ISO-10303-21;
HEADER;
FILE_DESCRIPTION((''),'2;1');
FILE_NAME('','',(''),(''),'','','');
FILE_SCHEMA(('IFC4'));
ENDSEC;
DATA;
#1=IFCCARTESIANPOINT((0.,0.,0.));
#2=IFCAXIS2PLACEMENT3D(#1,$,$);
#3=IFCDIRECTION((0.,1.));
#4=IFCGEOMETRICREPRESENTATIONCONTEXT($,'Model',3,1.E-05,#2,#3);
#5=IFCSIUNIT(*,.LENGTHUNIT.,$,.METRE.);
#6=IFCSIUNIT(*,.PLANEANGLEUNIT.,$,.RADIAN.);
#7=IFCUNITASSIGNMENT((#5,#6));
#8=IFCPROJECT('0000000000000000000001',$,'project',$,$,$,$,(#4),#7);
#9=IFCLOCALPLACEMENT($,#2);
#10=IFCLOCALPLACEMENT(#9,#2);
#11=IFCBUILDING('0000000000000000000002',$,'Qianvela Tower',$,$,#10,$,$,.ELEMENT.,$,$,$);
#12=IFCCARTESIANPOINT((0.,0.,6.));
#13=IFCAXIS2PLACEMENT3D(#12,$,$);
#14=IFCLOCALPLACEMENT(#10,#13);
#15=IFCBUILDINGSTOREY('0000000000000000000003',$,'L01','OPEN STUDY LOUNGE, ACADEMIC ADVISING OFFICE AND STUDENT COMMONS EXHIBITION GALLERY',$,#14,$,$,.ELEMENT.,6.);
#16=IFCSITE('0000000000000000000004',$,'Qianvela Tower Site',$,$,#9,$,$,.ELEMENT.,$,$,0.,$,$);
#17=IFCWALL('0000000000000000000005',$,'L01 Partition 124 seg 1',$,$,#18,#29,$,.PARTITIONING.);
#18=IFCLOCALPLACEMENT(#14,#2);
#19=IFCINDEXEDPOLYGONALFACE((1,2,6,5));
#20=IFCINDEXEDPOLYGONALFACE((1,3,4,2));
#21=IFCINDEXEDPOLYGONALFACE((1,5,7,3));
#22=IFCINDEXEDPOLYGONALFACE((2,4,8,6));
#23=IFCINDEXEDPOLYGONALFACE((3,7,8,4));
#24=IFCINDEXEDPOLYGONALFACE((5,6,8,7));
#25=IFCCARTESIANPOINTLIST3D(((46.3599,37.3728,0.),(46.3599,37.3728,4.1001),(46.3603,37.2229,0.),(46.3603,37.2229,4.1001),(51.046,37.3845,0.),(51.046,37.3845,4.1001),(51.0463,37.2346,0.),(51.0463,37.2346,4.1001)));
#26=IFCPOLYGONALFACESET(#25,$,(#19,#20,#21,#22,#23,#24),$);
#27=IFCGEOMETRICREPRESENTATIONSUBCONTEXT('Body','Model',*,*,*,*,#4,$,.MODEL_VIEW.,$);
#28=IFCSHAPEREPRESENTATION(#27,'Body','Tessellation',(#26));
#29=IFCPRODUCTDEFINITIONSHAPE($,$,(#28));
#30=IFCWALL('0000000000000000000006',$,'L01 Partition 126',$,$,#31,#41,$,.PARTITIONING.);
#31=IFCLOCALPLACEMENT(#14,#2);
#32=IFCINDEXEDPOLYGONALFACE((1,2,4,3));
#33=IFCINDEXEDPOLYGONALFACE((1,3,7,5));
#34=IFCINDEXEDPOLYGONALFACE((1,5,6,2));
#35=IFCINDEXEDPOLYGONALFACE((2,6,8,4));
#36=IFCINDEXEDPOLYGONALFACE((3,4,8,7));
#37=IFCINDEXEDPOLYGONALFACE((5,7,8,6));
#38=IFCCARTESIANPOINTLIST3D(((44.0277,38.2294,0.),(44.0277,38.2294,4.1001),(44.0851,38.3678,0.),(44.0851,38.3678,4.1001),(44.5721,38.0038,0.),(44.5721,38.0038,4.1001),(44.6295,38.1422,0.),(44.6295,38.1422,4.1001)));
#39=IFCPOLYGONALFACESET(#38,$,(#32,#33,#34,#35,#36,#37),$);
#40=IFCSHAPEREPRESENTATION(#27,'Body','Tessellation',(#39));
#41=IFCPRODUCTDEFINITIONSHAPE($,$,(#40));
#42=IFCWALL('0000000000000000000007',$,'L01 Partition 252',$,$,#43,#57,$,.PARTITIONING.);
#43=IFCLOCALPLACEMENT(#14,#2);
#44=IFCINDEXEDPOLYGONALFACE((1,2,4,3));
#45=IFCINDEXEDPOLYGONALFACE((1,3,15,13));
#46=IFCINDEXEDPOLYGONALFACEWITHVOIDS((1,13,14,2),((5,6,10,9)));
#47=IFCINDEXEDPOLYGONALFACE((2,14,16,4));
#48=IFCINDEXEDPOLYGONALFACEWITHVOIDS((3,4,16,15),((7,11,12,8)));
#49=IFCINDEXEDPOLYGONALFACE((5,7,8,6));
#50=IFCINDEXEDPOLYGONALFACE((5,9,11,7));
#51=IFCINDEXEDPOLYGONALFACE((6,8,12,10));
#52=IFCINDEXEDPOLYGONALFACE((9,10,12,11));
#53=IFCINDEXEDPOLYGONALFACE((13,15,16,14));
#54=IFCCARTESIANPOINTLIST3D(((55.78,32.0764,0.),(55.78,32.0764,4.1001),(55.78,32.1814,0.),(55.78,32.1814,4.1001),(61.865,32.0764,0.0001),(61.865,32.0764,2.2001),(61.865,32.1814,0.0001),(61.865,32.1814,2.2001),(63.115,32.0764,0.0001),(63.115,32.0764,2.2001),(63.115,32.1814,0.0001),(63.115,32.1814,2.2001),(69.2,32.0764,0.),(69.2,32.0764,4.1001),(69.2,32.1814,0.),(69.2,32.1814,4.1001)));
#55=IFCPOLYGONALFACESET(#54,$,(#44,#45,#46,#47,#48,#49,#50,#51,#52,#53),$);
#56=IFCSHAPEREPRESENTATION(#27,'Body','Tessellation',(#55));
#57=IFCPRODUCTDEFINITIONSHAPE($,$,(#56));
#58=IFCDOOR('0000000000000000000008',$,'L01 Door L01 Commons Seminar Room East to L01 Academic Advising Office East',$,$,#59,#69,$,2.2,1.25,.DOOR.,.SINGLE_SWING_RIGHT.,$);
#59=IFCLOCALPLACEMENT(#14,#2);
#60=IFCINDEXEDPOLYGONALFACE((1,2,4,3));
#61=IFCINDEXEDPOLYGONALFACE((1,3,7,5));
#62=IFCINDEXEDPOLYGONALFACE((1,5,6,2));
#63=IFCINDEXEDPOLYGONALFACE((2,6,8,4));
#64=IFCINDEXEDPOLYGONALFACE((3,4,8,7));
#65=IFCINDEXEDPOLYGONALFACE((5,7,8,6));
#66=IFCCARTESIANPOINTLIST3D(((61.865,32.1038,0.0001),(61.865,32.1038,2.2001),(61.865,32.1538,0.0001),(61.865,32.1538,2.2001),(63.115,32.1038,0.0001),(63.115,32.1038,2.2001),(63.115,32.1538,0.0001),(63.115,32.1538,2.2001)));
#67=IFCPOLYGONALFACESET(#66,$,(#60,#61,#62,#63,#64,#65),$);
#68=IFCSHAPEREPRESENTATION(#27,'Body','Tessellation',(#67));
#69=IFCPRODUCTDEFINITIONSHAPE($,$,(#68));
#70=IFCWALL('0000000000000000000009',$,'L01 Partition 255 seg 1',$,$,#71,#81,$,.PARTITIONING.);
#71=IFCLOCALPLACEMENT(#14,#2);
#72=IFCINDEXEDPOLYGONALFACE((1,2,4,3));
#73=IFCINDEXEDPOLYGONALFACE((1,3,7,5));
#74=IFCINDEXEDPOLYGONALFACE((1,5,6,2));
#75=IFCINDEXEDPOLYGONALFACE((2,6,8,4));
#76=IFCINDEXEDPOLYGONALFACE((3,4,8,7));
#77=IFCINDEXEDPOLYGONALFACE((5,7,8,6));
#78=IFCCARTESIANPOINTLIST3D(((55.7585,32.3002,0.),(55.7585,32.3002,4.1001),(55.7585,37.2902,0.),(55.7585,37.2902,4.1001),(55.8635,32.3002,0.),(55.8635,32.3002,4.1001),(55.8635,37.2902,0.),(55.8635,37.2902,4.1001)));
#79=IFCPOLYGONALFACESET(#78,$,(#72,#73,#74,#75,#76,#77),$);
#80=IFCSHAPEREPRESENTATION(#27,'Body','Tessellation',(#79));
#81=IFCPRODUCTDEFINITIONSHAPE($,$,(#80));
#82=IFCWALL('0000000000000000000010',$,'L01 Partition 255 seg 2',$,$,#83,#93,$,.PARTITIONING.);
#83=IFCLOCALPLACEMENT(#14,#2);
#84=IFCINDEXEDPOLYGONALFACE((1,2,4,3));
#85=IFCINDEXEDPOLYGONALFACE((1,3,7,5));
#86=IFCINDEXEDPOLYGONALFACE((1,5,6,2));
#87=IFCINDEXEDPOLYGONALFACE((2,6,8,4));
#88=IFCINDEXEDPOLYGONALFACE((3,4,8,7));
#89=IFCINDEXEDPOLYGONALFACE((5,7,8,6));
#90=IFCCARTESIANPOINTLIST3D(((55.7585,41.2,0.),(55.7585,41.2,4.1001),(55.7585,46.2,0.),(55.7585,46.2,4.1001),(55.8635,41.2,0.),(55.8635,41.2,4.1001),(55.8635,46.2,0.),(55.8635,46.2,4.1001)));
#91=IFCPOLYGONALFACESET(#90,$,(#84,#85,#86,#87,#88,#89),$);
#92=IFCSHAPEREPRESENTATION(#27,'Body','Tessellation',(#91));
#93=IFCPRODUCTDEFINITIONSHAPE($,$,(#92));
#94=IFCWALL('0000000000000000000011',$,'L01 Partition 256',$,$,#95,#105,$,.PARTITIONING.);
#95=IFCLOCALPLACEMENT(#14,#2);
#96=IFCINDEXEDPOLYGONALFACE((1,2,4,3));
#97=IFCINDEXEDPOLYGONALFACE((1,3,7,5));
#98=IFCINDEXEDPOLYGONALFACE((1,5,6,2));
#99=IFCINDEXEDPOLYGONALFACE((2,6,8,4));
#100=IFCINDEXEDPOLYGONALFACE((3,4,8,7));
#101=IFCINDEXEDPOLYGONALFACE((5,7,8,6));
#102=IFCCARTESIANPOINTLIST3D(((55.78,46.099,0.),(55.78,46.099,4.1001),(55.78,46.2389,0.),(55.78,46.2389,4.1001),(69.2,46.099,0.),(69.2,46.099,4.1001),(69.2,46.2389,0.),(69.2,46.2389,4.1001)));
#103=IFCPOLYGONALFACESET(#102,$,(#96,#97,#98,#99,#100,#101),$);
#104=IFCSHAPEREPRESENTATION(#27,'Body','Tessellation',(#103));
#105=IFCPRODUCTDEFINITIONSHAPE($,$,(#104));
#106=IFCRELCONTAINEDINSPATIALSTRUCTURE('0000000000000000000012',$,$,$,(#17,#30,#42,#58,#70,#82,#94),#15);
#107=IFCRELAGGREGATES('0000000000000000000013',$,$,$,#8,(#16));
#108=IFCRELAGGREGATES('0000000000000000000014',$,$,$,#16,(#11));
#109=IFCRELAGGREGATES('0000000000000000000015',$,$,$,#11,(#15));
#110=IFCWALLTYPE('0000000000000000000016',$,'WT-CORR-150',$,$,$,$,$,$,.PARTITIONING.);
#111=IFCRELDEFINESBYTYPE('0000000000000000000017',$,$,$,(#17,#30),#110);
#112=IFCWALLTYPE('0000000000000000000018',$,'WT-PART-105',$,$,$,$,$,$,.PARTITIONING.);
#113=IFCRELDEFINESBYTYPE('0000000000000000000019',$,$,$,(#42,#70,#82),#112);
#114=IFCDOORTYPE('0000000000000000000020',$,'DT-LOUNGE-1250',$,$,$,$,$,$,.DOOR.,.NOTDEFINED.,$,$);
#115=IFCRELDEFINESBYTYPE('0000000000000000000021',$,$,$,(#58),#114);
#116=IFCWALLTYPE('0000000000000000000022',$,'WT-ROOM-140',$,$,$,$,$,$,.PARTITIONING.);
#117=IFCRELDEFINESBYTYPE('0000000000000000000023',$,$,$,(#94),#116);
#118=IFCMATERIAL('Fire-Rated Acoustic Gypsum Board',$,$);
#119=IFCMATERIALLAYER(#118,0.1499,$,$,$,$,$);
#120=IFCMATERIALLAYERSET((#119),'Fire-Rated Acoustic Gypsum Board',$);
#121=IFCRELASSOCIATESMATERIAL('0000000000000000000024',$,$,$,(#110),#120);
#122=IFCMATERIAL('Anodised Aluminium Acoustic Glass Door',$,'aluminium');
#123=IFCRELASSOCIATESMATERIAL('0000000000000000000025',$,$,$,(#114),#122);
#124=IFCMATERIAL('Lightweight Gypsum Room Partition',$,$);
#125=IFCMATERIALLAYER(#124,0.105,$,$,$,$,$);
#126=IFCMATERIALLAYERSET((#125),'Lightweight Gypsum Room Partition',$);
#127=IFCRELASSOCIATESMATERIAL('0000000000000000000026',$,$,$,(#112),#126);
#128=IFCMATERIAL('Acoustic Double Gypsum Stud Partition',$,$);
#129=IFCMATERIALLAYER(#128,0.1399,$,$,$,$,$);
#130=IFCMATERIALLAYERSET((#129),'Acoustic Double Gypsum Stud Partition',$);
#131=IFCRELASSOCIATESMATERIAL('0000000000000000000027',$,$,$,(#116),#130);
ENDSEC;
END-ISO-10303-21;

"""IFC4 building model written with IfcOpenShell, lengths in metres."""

from ifc_helpers import new_model, si_unit, direction, frame, frame_2d, origin, place, context, subcontext, project, spatial, rectangle, extrude, material, layer, layer_set, type_object, element, fill, save


model = new_model("IFC4")

# Units and contexts
model_context = context("Model", 3, precision=1e-05, world=origin(), true_north=direction((0.0, 1.0)))
body_context = subcontext(model_context, "Body", "Model", "MODEL_VIEW")
ifc_project = project(units=[si_unit("LENGTHUNIT", "METRE"), si_unit("PLANEANGLEUNIT", "RADIAN")], contexts=[model_context])

# Site, building, storey
site_placement = place(None, origin())
site = spatial("IfcSite", under=ifc_project, at=site_placement, Name="Qianvela Tower Site", CompositionType="ELEMENT", RefElevation=0.0)
building_placement = place(site_placement, origin())
building = spatial("IfcBuilding", under=site, at=building_placement, Name="Qianvela Tower", CompositionType="ELEMENT")
storey_placement = place(building_placement, frame((0.0, 0.0, 6.0)))
storey = spatial("IfcBuildingStorey", under=building, at=storey_placement, Name="L01", Description="OPEN STUDY LOUNGE, ACADEMIC ADVISING OFFICE AND STUDENT COMMONS EXHIBITION GALLERY", CompositionType="ELEMENT", Elevation=6.0)

# Shared definitions
ifc_material_1 = material(Name="Fire-Rated Acoustic Gypsum Board")
ifc_layer_1 = layer(ifc_material_1, 0.1499)
ifc_layer_set_1 = layer_set([ifc_layer_1], Name="Fire-Rated Acoustic Gypsum Board")
wall_type_1 = type_object("IfcWallType", Name="WT-CORR-150", PredefinedType="PARTITIONING", material=ifc_layer_set_1)

# Shared definitions
ifc_material_2 = material(Name="Anodised Aluminium Acoustic Glass Door", Category="aluminium")
door_type = type_object("IfcDoorType", Name="DT-LOUNGE-1250", OperationType="NOTDEFINED", PredefinedType="DOOR", material=ifc_material_2)

# Walls
wall_1_placement = place(storey_placement, frame((51.0461, 37.3096, 0.0), z_axis=(0.0, 0.0, 1.0), x_axis=(-0.999997, -0.002501, 0.0)))
element("IfcWall", 1, at=wall_1_placement, inside=storey, type_object=wall_type_1, Name="L01 Partition 124 seg 1", PredefinedType="PARTITIONING", context=body_context, shape_type="SweptSolid", body=[
    extrude(rectangle(XDim=4.686, YDim=0.1499, at=frame_2d((2.343, 0.0))), origin(), (0.0, 0.0, 1.0), 4.1001),
])
wall_2_placement = place(storey_placement, frame((44.6008, 38.073, 0.0), z_axis=(0.0, 0.0, 1.0), x_axis=(-0.923835, 0.382791, 0.0)))
element("IfcWall", 2, at=wall_2_placement, inside=storey, type_object=wall_type_1, Name="L01 Partition 126", PredefinedType="PARTITIONING", context=body_context, shape_type="SweptSolid", body=[
    extrude(rectangle(XDim=0.5894, YDim=0.1499, at=frame_2d((0.2947, 0.0))), origin(), (0.0, 0.0, 1.0), 4.1001),
])

# Wall, opening, door
ifc_material_3 = material(Name="Lightweight Gypsum Room Partition")
ifc_layer_2 = layer(ifc_material_3, 0.105)
ifc_layer_set_2 = layer_set([ifc_layer_2], Name="Lightweight Gypsum Room Partition")
wall_type_2 = type_object("IfcWallType", Name="WT-PART-105", PredefinedType="PARTITIONING", material=ifc_layer_set_2)
wall_3_placement = place(storey_placement, frame((55.78, 32.1289, 0.0), z_axis=(0.0, 0.0, 1.0), x_axis=(1.0, 0.0, 0.0)))
wall_3 = element("IfcWall", 3, at=wall_3_placement, inside=storey, type_object=wall_type_2, Name="L01 Partition 252", PredefinedType="PARTITIONING", context=body_context, shape_type="SweptSolid", body=[
    extrude(rectangle(XDim=13.4199, YDim=0.105, at=frame_2d((6.71, 0.0))), origin(), (0.0, 0.0, 1.0), 4.1001),
])
opening_1_placement = place(wall_3_placement, frame((6.085, 0.0, 0.0)))
opening_1 = element("IfcOpeningElement", 4, at=opening_1_placement, cuts=wall_3, PredefinedType="OPENING", context=body_context, shape_type="SweptSolid", body=[
    extrude(rectangle(XDim=1.25, YDim=2.2, at=frame_2d((0.625, 1.1001))), frame((0.0, 0.0625, 0.0), z_axis=(0.0, -1.0, 0.0), x_axis=(1.0, 0.0, 0.0)), (0.0, 0.0, 1.0), 0.125),
])
door_1_placement = place(opening_1_placement, origin())
door_1 = element("IfcDoor", 5, at=door_1_placement, inside=storey, type_object=door_type, Name="L01 Door L01 Commons Seminar Room East to L01 Academic Advising Office East", OperationType="SINGLE_SWING_RIGHT", OverallHeight=2.2, OverallWidth=1.25, PredefinedType="DOOR", context=body_context, shape_type="SweptSolid", body=[
    extrude(rectangle(XDim=1.25, YDim=2.2, at=frame_2d((0.625, 1.1001))), frame((0.0, 0.0249, 0.0), z_axis=(0.0, -1.0, 0.0), x_axis=(1.0, 0.0, 0.0)), (0.0, 0.0, 1.0), 0.05),
])
fill(opening_1, door_1)

# Walls
wall_4_placement = place(storey_placement, frame((55.811, 32.3, 0.0), z_axis=(0.0, 0.0, 1.0), x_axis=(0.0, 1.0, 0.0)))
element("IfcWall", 6, at=wall_4_placement, inside=storey, type_object=wall_type_2, Name="L01 Partition 255 seg 1", PredefinedType="PARTITIONING", context=body_context, shape_type="SweptSolid", body=[
    extrude(rectangle(XDim=4.99, YDim=0.105, at=frame_2d((2.4951, 0.0))), origin(), (0.0, 0.0, 1.0), 4.1001),
])
wall_5_placement = place(storey_placement, frame((55.811, 41.2, 0.0), z_axis=(0.0, 0.0, 1.0), x_axis=(0.0, 1.0, 0.0)))
element("IfcWall", 7, at=wall_5_placement, inside=storey, type_object=wall_type_2, Name="L01 Partition 255 seg 2", PredefinedType="PARTITIONING", context=body_context, shape_type="SweptSolid", body=[
    extrude(rectangle(XDim=5.0, YDim=0.105, at=frame_2d((2.5, 0.0))), origin(), (0.0, 0.0, 1.0), 4.1001),
])
ifc_material_4 = material(Name="Acoustic Double Gypsum Stud Partition")
ifc_layer_3 = layer(ifc_material_4, 0.1399)
ifc_layer_set_3 = layer_set([ifc_layer_3], Name="Acoustic Double Gypsum Stud Partition")
wall_type_3 = type_object("IfcWallType", Name="WT-ROOM-140", PredefinedType="PARTITIONING", material=ifc_layer_set_3)
wall_6_placement = place(storey_placement, frame((55.78, 46.1689, 0.0), z_axis=(0.0, 0.0, 1.0), x_axis=(1.0, 0.0, 0.0)))
element("IfcWall", 8, at=wall_6_placement, inside=storey, type_object=wall_type_3, Name="L01 Partition 256", PredefinedType="PARTITIONING", context=body_context, shape_type="SweptSolid", body=[
    extrude(rectangle(XDim=13.4199, YDim=0.1399, at=frame_2d((6.71, 0.0))), origin(), (0.0, 0.0, 1.0), 4.1001),
])

save(model, "model.ifc")
